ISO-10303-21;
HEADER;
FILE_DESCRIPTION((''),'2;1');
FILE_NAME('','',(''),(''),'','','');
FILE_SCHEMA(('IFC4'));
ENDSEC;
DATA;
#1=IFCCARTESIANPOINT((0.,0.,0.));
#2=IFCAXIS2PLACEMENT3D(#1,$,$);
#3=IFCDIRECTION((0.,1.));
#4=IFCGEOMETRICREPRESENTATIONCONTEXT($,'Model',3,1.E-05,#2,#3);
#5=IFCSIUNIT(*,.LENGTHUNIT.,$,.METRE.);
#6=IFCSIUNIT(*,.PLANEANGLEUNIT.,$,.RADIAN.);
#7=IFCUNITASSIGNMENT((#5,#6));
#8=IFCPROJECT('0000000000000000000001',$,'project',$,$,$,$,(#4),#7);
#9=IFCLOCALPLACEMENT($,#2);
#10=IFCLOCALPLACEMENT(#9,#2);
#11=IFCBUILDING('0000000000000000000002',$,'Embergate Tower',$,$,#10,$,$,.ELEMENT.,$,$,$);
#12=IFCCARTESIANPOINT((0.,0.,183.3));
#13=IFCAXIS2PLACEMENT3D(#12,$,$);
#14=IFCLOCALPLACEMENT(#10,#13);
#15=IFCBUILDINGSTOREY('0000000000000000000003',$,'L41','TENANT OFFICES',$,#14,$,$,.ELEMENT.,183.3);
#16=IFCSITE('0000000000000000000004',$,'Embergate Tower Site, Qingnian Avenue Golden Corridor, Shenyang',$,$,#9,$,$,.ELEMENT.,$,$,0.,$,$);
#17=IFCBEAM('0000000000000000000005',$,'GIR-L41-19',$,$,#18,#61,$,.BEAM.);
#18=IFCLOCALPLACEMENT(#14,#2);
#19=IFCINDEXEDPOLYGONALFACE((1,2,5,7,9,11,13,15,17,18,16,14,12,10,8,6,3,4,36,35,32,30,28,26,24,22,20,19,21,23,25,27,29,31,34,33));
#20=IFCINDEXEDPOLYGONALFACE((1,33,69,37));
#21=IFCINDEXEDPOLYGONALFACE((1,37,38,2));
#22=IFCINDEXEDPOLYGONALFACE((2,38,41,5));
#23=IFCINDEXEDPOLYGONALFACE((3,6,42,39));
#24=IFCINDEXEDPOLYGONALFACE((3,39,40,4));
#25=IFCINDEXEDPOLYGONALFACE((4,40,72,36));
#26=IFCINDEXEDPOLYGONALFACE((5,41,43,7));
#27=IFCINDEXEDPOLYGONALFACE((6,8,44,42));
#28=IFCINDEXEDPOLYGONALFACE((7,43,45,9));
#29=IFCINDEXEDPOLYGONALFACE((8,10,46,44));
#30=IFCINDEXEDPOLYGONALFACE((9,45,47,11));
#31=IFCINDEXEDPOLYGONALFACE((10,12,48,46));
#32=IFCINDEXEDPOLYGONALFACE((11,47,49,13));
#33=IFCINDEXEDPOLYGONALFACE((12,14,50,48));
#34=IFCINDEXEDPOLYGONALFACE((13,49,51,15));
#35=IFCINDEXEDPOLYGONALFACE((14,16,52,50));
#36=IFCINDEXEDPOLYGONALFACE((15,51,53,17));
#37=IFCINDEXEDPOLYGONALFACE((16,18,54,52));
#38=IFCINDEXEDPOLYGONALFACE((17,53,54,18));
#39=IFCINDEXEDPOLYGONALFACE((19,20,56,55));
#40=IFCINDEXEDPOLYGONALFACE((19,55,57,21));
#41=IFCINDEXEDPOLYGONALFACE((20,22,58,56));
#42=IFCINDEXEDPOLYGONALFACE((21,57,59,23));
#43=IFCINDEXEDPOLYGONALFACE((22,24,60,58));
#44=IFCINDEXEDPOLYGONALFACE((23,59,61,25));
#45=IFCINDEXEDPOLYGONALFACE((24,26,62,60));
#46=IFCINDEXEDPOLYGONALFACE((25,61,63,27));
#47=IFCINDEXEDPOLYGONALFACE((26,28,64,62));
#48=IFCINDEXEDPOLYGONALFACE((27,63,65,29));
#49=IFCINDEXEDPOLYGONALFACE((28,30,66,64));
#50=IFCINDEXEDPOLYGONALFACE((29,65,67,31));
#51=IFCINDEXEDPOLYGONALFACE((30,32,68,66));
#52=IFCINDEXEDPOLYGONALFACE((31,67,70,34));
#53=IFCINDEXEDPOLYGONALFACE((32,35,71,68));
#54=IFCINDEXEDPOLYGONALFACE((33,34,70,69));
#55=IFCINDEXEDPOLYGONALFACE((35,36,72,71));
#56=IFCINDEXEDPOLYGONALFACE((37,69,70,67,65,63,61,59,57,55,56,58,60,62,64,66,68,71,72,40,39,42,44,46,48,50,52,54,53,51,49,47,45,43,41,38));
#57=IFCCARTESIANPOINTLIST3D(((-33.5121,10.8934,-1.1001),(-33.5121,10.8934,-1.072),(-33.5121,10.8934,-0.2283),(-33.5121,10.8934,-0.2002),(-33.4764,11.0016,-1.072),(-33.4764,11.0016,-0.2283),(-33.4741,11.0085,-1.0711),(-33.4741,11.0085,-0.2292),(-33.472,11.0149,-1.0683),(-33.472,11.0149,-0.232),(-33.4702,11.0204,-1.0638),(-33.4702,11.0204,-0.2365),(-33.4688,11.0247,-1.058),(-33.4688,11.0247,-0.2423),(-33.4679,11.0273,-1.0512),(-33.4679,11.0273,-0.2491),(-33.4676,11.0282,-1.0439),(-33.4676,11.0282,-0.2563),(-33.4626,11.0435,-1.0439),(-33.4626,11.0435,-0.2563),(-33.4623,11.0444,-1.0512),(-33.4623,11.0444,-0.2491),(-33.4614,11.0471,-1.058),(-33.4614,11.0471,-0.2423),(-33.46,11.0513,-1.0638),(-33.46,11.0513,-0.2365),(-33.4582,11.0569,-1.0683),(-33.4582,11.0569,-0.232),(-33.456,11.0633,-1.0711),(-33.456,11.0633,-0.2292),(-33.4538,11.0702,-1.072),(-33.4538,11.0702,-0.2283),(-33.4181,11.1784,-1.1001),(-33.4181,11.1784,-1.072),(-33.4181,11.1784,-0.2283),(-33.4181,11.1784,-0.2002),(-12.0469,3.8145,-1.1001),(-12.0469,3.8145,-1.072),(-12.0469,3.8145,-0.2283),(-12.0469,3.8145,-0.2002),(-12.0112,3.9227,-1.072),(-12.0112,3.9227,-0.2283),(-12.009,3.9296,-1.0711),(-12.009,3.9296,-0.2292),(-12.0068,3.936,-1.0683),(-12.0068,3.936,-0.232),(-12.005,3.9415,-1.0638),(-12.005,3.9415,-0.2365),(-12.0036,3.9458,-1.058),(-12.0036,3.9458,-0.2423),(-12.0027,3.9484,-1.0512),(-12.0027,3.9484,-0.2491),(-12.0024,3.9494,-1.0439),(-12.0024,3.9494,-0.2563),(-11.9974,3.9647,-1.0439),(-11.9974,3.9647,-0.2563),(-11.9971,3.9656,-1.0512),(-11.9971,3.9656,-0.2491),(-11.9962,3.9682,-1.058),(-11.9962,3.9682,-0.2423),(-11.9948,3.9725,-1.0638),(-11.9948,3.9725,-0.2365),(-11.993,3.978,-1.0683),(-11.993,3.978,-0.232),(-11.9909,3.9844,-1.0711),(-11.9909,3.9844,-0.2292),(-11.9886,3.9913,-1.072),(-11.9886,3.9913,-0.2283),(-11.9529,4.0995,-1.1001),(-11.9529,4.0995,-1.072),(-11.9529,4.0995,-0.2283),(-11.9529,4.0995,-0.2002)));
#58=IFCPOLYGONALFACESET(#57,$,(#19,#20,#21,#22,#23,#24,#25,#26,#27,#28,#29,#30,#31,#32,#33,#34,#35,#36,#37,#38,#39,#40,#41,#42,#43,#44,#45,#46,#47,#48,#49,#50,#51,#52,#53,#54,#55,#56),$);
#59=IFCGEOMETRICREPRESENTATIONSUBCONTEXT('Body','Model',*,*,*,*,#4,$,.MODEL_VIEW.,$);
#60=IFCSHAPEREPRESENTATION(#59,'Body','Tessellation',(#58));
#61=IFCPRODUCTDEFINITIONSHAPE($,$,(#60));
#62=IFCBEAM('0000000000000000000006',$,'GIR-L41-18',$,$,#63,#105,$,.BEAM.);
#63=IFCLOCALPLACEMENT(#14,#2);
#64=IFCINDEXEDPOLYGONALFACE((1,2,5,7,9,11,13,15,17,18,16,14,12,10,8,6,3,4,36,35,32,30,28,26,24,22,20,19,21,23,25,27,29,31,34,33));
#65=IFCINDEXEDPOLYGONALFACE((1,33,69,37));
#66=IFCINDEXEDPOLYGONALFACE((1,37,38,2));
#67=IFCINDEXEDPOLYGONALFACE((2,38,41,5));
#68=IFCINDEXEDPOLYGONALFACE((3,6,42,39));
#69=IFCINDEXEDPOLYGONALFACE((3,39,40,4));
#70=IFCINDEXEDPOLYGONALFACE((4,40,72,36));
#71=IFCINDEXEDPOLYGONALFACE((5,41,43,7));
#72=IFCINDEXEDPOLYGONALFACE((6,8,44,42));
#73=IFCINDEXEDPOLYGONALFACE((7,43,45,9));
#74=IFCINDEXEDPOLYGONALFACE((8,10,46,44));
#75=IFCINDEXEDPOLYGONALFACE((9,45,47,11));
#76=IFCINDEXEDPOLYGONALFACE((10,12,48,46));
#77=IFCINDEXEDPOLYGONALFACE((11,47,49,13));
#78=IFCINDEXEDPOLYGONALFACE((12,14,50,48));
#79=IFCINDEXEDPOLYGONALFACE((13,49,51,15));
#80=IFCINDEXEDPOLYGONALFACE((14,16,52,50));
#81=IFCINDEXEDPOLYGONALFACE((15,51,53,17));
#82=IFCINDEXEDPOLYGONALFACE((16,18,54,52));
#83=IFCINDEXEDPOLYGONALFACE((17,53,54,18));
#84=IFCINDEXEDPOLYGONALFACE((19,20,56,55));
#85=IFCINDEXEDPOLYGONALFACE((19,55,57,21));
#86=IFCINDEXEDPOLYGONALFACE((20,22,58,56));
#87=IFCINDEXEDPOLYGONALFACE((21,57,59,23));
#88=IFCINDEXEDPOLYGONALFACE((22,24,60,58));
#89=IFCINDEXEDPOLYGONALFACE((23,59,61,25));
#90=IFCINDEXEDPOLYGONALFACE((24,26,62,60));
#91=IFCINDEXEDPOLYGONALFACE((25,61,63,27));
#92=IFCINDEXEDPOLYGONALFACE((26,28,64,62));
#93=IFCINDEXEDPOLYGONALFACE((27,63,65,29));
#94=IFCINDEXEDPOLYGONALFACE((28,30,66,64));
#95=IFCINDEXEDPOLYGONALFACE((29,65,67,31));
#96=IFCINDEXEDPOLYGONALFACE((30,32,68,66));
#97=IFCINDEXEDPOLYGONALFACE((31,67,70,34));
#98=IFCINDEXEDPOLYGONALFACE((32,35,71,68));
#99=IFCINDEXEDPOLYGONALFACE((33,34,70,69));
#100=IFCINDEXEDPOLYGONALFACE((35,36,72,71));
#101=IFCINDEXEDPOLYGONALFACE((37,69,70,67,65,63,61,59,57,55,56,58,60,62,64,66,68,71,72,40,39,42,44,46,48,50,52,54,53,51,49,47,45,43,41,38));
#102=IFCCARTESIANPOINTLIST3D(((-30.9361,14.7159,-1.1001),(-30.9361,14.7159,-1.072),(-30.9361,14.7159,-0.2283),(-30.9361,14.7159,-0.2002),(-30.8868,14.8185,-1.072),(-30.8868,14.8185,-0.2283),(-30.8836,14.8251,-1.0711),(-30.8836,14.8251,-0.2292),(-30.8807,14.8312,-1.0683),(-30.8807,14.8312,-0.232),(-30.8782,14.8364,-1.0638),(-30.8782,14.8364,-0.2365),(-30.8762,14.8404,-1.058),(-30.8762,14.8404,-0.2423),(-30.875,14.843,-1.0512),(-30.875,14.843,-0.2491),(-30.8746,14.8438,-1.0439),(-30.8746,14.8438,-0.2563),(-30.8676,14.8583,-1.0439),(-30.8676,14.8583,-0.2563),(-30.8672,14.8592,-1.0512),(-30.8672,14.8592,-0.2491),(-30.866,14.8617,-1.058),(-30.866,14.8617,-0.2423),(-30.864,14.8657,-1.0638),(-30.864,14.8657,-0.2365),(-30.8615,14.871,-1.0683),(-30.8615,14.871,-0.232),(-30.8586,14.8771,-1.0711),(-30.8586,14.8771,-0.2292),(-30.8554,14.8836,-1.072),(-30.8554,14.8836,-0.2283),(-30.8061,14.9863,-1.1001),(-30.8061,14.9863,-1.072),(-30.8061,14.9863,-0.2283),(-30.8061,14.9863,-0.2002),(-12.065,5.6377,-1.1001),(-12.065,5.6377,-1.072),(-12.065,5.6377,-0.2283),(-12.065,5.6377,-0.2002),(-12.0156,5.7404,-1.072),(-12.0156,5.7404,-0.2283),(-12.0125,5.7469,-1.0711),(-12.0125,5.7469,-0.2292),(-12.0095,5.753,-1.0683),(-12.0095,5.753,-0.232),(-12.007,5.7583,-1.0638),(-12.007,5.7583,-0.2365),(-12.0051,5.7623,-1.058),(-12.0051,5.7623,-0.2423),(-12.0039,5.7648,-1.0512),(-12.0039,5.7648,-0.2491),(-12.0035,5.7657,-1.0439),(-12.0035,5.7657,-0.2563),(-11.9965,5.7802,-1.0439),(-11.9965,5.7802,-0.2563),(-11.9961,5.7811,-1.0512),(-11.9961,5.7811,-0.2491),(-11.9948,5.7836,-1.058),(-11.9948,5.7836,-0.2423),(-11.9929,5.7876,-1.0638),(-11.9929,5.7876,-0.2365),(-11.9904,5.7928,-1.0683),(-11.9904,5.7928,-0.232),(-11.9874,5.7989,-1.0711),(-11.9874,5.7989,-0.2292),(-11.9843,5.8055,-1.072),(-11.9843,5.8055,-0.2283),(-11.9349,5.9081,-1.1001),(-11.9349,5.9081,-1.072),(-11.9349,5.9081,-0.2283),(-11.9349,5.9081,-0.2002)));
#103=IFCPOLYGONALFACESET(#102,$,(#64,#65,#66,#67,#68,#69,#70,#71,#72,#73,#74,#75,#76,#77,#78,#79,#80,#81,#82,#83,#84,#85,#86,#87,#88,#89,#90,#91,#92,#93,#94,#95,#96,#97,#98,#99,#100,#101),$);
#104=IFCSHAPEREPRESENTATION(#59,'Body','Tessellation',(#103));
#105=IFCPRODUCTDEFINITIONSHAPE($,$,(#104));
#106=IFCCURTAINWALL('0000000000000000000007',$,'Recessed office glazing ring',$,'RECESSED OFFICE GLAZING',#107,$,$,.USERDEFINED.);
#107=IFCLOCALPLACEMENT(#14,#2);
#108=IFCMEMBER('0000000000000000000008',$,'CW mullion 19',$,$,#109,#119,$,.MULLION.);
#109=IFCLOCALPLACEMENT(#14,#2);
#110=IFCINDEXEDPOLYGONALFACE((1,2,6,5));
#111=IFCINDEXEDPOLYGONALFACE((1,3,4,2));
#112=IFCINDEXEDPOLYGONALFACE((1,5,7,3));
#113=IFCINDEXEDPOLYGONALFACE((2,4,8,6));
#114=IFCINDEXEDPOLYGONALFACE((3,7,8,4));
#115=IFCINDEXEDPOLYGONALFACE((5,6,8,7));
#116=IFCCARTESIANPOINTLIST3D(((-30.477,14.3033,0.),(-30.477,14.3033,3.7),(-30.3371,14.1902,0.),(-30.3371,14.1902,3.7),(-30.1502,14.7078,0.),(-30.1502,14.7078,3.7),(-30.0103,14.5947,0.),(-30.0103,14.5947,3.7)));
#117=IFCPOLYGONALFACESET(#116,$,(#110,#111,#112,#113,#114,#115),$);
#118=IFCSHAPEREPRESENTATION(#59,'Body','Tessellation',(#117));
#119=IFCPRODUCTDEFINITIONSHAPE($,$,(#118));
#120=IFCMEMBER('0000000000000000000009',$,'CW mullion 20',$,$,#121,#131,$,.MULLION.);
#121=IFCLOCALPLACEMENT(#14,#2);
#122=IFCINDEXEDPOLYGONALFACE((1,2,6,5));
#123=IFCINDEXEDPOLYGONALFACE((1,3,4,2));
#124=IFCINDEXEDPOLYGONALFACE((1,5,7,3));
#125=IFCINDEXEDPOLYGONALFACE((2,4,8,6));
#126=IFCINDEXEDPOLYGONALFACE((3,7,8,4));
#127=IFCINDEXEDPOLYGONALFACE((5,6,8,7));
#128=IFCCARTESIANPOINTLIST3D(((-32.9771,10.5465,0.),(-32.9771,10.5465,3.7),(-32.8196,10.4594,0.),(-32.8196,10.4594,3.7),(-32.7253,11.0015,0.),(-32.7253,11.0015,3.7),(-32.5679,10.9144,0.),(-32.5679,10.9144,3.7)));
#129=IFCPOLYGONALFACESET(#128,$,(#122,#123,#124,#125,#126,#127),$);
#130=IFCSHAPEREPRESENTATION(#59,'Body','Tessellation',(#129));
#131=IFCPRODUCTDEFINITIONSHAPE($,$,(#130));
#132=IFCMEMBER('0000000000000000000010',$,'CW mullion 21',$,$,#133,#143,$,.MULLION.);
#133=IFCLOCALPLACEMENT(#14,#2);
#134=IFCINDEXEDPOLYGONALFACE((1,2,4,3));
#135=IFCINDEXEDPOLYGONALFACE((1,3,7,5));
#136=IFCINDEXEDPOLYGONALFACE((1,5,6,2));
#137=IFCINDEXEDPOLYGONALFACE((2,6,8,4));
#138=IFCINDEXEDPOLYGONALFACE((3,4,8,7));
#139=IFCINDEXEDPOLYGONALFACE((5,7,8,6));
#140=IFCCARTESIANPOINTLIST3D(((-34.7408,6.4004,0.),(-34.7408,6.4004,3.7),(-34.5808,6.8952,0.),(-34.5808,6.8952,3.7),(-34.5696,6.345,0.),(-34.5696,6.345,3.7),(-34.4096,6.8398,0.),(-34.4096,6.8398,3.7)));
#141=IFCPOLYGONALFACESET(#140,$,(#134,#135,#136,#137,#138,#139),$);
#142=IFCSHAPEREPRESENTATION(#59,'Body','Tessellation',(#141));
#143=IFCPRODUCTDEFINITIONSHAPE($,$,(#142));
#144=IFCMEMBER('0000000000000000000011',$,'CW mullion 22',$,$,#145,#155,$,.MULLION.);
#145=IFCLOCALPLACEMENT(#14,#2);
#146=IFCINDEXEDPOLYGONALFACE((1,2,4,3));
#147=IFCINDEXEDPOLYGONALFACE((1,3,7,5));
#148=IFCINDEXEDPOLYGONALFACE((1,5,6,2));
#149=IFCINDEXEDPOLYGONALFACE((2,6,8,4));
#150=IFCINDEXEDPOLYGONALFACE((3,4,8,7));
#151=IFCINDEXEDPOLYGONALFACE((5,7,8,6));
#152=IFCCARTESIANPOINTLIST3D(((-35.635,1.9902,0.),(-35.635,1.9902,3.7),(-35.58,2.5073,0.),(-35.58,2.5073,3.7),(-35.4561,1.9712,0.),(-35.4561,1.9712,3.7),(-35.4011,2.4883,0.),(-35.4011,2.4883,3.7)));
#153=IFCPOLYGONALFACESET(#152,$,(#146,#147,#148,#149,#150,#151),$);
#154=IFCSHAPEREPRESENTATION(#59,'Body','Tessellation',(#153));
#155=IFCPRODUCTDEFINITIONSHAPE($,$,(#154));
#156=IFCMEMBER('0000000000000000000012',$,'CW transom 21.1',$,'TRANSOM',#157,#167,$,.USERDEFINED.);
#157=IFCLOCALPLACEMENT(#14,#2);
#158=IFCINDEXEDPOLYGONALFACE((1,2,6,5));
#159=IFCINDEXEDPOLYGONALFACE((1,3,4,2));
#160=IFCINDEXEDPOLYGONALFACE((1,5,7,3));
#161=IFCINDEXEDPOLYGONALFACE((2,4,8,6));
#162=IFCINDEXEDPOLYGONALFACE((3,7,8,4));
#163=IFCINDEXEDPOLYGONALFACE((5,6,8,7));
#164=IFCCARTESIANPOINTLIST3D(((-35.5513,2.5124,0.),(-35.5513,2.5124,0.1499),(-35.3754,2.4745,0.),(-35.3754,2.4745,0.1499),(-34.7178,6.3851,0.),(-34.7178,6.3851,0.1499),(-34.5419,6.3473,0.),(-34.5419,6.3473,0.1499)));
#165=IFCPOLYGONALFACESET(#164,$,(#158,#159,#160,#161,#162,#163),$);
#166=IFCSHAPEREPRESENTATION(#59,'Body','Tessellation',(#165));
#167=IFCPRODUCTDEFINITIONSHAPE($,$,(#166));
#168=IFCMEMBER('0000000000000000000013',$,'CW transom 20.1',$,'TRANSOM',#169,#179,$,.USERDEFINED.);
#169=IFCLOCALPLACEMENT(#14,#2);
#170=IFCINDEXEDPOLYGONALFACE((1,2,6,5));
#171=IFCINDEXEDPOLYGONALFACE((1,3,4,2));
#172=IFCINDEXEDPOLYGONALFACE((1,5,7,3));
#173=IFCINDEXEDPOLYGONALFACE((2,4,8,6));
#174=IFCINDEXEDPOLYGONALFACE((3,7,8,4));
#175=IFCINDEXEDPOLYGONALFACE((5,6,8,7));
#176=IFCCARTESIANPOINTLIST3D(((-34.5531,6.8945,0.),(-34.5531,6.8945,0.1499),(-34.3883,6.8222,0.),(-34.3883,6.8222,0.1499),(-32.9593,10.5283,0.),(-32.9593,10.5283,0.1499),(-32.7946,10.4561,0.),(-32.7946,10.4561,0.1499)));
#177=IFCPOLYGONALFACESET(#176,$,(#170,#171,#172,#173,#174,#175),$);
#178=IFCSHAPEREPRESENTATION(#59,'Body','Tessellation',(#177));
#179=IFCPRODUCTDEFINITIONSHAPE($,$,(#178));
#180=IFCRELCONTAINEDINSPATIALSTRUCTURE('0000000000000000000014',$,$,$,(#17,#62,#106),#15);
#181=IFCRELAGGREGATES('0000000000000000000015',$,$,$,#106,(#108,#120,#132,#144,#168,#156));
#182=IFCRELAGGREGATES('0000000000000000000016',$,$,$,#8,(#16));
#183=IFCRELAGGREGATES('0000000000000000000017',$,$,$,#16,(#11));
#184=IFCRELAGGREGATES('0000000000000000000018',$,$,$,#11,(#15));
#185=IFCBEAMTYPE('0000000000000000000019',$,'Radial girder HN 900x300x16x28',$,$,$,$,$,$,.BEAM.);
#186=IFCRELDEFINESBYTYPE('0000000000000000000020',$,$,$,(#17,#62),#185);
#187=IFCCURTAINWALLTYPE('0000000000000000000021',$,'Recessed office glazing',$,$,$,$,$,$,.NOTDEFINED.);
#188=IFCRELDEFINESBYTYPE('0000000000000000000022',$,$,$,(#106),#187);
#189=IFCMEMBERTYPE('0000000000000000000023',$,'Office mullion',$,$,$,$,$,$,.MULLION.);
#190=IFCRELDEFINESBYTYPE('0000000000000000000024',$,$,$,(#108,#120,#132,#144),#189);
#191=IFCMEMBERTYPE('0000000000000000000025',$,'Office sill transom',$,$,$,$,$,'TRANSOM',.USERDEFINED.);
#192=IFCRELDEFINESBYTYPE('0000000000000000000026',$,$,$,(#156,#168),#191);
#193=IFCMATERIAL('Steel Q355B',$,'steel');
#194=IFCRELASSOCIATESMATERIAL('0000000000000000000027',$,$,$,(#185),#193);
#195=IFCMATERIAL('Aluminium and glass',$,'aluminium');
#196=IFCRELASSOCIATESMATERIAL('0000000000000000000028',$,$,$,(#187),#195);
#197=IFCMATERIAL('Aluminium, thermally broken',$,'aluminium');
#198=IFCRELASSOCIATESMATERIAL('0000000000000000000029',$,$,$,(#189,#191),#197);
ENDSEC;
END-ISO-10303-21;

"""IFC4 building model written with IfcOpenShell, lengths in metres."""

from ifc_helpers import new_model, si_unit, direction, frame, origin, origin_2d, place, context, subcontext, project, spatial, rectangle, i_section, extrude, source, transform, mapped, material, material_profile, profile_set, type_object, element, aggregate, save


model = new_model("IFC4")

# Units and contexts
model_context = context("Model", 3, precision=1e-05, world=origin(), true_north=direction((0.0, 1.0)))
body_context = subcontext(model_context, "Body", "Model", "MODEL_VIEW")
ifc_project = project(units=[si_unit("LENGTHUNIT", "METRE"), si_unit("PLANEANGLEUNIT", "RADIAN")], contexts=[model_context])

# Site, building, storey
site_placement = place(None, origin())
site = spatial("IfcSite", under=ifc_project, at=site_placement, Name="Embergate Tower Site, Qingnian Avenue Golden Corridor, Shenyang", CompositionType="ELEMENT", RefElevation=0.0)
building_placement = place(site_placement, origin())
building = spatial("IfcBuilding", under=site, at=building_placement, Name="Embergate Tower", CompositionType="ELEMENT")
storey_placement = place(building_placement, frame((0.0, 0.0, 183.3)))
storey = spatial("IfcBuildingStorey", under=building, at=storey_placement, Name="L41", Description="TENANT OFFICES", CompositionType="ELEMENT", Elevation=183.3)

# Beams
ifc_material_1 = material(Name="Steel Q355B", Category="steel")
ifc_material_profile_1 = material_profile(ifc_material_1, i_section(OverallWidth=0.3, OverallDepth=0.8999, WebThickness=0.0161, FlangeThickness=0.0281, FilletRadius=0.0281, at=origin_2d()), Name="HN 900x300x16x28")
ifc_profile_set_1 = profile_set([ifc_material_profile_1], Name="Steel Q355 grade B")
beam_type_1 = type_object("IfcBeamType", Name="Radial girder HN 900x300x16x28", PredefinedType="BEAM", material=ifc_profile_set_1)
shared_shape_1 = source(origin(), body_context, "Body", "SweptSolid", [
    extrude(i_section(OverallWidth=0.3, OverallDepth=0.8999, WebThickness=0.0161, FlangeThickness=0.0281, FilletRadius=0.0281, at=origin_2d()), origin(), (0.0, 0.0, 1.0), 22.6023),
])
beam_1_placement = place(storey_placement, frame((-33.4651, 11.0359, -0.6501), z_axis=(0.949689, -0.313193, 0.0), x_axis=(0.313193, 0.949689, 0.0)))
element("IfcBeam", 1, at=beam_1_placement, inside=storey, type_object=beam_type_1, Name="GIR-L41-19", PredefinedType="BEAM", context=body_context, shape_type="MappedRepresentation", body=[
    mapped(shared_shape_1, transform((0.0, 0.0, 0.0))),
])
shared_shape_2 = source(origin(), body_context, "Body", "SweptSolid", [
    extrude(i_section(OverallWidth=0.3, OverallDepth=0.8999, WebThickness=0.0161, FlangeThickness=0.0281, FilletRadius=0.0281, at=origin_2d()), origin(), (0.0, 0.0, 1.0), 20.9412),
])
beam_2_placement = place(storey_placement, frame((-30.8711, 14.8511, -0.6501), z_axis=(0.90115, -0.433507, 0.0), x_axis=(0.433507, 0.90115, 0.0)))
element("IfcBeam", 2, at=beam_2_placement, inside=storey, type_object=beam_type_1, Name="GIR-L41-18", PredefinedType="BEAM", context=body_context, shape_type="MappedRepresentation", body=[
    mapped(shared_shape_2, transform((0.0, 0.0, 0.0))),
])

# Curtain wall, members
ifc_material_2 = material(Name="Aluminium and glass", Category="aluminium")
curtain_wall_type = type_object("IfcCurtainWallType", Name="Recessed office glazing", PredefinedType="NOTDEFINED", material=ifc_material_2)
curtain_wall_placement = place(storey_placement, origin())
curtain_wall = element("IfcCurtainWall", 3, at=curtain_wall_placement, inside=storey, type_object=curtain_wall_type, Name="Recessed office glazing ring", ObjectType="RECESSED OFFICE GLAZING", PredefinedType="USERDEFINED")
ifc_material_3 = material(Name="Aluminium, thermally broken", Category="aluminium")
ifc_material_profile_2 = material_profile(ifc_material_3, rectangle(XDim=0.1799, YDim=0.52, at=origin_2d()), Name="AL 520x180")
ifc_profile_set_2 = profile_set([ifc_material_profile_2], Name="Aluminium, thermally broken")
member_type_1 = type_object("IfcMemberType", Name="Office mullion", PredefinedType="MULLION", material=ifc_profile_set_2)
shared_shape_3 = source(origin(), body_context, "Body", "SweptSolid", [
    extrude(rectangle(XDim=0.1799, YDim=0.52, at=origin_2d()), origin(), (0.0, 0.0, 1.0), 3.7),
])
member_1_placement = place(storey_placement, frame((-30.2437, 14.449, 0.0), z_axis=(0.0, 0.0, 1.0), x_axis=(0.777874, -0.628421, 0.0)))
member_1 = element("IfcMember", 4, at=member_1_placement, type_object=member_type_1, Name="CW mullion 19", PredefinedType="MULLION", context=body_context, shape_type="MappedRepresentation", body=[
    mapped(shared_shape_3, transform((0.0, 0.0, 0.0))),
])
member_2_placement = place(storey_placement, frame((-32.7725, 10.7305, 0.0), z_axis=(0.0, 0.0, 1.0), x_axis=(0.875003, -0.484118, 0.0)))
member_2 = element("IfcMember", 5, at=member_2_placement, type_object=member_type_1, Name="CW mullion 20", PredefinedType="MULLION", context=body_context, shape_type="MappedRepresentation", body=[
    mapped(shared_shape_3, transform((0.0, 0.0, 0.0))),
])
member_3_placement = place(storey_placement, frame((-34.5752, 6.6201, 0.0), z_axis=(0.0, 0.0, 1.0), x_axis=(0.951498, -0.307656, 0.0)))
member_3 = element("IfcMember", 6, at=member_3_placement, type_object=member_type_1, Name="CW mullion 21", PredefinedType="MULLION", context=body_context, shape_type="MappedRepresentation", body=[
    mapped(shared_shape_3, transform((0.0, 0.0, 0.0))),
])
member_4_placement = place(storey_placement, frame((-35.5181, 2.2393, 0.0), z_axis=(0.0, 0.0, 1.0), x_axis=(0.994385, -0.105823, 0.0)))
member_4 = element("IfcMember", 7, at=member_4_placement, type_object=member_type_1, Name="CW mullion 22", PredefinedType="MULLION", context=body_context, shape_type="MappedRepresentation", body=[
    mapped(shared_shape_3, transform((0.0, 0.0, 0.0))),
])
ifc_material_profile_3 = material_profile(ifc_material_3, rectangle(XDim=0.1799, YDim=0.1499, at=origin_2d()), Name="AL 150x180")
ifc_profile_set_3 = profile_set([ifc_material_profile_3], Name="Aluminium, thermally broken")
member_type_2 = type_object("IfcMemberType", Name="Office sill transom", ElementType="TRANSOM", PredefinedType="USERDEFINED", material=ifc_profile_set_3)
shared_shape_4 = source(origin(), body_context, "Body", "SweptSolid", [
    extrude(rectangle(XDim=0.1799, YDim=0.1499, at=origin_2d()), origin(), (0.0, 0.0, 1.0), 3.9614),
])
member_5_placement = place(storey_placement, frame((-34.6299, 6.3662, 0.075), z_axis=(-0.2104, -0.977615, 0.0), x_axis=(0.977615, -0.2104, 0.0)))
member_5 = element("IfcMember", 8, at=member_5_placement, type_object=member_type_2, Name="CW transom 21.1", ObjectType="TRANSOM", PredefinedType="USERDEFINED", context=body_context, shape_type="MappedRepresentation", body=[
    mapped(shared_shape_4, transform((0.0, 0.0, 0.0))),
])
shared_shape_5 = source(origin(), body_context, "Body", "SweptSolid", [
    extrude(rectangle(XDim=0.1799, YDim=0.1499, at=origin_2d()), origin(), (0.0, 0.0, 1.0), 3.968),
])
member_6_placement = place(storey_placement, frame((-32.877, 10.4922, 0.075), z_axis=(-0.401658, -0.91579, 0.0), x_axis=(0.91579, -0.401658, 0.0)))
member_6 = element("IfcMember", 9, at=member_6_placement, type_object=member_type_2, Name="CW transom 20.1", ObjectType="TRANSOM", PredefinedType="USERDEFINED", context=body_context, shape_type="MappedRepresentation", body=[
    mapped(shared_shape_5, transform((0.0, 0.0, 0.0))),
])
aggregate(curtain_wall, [member_1, member_2, member_3, member_4, member_6, member_5])

save(model, "model.ifc")
